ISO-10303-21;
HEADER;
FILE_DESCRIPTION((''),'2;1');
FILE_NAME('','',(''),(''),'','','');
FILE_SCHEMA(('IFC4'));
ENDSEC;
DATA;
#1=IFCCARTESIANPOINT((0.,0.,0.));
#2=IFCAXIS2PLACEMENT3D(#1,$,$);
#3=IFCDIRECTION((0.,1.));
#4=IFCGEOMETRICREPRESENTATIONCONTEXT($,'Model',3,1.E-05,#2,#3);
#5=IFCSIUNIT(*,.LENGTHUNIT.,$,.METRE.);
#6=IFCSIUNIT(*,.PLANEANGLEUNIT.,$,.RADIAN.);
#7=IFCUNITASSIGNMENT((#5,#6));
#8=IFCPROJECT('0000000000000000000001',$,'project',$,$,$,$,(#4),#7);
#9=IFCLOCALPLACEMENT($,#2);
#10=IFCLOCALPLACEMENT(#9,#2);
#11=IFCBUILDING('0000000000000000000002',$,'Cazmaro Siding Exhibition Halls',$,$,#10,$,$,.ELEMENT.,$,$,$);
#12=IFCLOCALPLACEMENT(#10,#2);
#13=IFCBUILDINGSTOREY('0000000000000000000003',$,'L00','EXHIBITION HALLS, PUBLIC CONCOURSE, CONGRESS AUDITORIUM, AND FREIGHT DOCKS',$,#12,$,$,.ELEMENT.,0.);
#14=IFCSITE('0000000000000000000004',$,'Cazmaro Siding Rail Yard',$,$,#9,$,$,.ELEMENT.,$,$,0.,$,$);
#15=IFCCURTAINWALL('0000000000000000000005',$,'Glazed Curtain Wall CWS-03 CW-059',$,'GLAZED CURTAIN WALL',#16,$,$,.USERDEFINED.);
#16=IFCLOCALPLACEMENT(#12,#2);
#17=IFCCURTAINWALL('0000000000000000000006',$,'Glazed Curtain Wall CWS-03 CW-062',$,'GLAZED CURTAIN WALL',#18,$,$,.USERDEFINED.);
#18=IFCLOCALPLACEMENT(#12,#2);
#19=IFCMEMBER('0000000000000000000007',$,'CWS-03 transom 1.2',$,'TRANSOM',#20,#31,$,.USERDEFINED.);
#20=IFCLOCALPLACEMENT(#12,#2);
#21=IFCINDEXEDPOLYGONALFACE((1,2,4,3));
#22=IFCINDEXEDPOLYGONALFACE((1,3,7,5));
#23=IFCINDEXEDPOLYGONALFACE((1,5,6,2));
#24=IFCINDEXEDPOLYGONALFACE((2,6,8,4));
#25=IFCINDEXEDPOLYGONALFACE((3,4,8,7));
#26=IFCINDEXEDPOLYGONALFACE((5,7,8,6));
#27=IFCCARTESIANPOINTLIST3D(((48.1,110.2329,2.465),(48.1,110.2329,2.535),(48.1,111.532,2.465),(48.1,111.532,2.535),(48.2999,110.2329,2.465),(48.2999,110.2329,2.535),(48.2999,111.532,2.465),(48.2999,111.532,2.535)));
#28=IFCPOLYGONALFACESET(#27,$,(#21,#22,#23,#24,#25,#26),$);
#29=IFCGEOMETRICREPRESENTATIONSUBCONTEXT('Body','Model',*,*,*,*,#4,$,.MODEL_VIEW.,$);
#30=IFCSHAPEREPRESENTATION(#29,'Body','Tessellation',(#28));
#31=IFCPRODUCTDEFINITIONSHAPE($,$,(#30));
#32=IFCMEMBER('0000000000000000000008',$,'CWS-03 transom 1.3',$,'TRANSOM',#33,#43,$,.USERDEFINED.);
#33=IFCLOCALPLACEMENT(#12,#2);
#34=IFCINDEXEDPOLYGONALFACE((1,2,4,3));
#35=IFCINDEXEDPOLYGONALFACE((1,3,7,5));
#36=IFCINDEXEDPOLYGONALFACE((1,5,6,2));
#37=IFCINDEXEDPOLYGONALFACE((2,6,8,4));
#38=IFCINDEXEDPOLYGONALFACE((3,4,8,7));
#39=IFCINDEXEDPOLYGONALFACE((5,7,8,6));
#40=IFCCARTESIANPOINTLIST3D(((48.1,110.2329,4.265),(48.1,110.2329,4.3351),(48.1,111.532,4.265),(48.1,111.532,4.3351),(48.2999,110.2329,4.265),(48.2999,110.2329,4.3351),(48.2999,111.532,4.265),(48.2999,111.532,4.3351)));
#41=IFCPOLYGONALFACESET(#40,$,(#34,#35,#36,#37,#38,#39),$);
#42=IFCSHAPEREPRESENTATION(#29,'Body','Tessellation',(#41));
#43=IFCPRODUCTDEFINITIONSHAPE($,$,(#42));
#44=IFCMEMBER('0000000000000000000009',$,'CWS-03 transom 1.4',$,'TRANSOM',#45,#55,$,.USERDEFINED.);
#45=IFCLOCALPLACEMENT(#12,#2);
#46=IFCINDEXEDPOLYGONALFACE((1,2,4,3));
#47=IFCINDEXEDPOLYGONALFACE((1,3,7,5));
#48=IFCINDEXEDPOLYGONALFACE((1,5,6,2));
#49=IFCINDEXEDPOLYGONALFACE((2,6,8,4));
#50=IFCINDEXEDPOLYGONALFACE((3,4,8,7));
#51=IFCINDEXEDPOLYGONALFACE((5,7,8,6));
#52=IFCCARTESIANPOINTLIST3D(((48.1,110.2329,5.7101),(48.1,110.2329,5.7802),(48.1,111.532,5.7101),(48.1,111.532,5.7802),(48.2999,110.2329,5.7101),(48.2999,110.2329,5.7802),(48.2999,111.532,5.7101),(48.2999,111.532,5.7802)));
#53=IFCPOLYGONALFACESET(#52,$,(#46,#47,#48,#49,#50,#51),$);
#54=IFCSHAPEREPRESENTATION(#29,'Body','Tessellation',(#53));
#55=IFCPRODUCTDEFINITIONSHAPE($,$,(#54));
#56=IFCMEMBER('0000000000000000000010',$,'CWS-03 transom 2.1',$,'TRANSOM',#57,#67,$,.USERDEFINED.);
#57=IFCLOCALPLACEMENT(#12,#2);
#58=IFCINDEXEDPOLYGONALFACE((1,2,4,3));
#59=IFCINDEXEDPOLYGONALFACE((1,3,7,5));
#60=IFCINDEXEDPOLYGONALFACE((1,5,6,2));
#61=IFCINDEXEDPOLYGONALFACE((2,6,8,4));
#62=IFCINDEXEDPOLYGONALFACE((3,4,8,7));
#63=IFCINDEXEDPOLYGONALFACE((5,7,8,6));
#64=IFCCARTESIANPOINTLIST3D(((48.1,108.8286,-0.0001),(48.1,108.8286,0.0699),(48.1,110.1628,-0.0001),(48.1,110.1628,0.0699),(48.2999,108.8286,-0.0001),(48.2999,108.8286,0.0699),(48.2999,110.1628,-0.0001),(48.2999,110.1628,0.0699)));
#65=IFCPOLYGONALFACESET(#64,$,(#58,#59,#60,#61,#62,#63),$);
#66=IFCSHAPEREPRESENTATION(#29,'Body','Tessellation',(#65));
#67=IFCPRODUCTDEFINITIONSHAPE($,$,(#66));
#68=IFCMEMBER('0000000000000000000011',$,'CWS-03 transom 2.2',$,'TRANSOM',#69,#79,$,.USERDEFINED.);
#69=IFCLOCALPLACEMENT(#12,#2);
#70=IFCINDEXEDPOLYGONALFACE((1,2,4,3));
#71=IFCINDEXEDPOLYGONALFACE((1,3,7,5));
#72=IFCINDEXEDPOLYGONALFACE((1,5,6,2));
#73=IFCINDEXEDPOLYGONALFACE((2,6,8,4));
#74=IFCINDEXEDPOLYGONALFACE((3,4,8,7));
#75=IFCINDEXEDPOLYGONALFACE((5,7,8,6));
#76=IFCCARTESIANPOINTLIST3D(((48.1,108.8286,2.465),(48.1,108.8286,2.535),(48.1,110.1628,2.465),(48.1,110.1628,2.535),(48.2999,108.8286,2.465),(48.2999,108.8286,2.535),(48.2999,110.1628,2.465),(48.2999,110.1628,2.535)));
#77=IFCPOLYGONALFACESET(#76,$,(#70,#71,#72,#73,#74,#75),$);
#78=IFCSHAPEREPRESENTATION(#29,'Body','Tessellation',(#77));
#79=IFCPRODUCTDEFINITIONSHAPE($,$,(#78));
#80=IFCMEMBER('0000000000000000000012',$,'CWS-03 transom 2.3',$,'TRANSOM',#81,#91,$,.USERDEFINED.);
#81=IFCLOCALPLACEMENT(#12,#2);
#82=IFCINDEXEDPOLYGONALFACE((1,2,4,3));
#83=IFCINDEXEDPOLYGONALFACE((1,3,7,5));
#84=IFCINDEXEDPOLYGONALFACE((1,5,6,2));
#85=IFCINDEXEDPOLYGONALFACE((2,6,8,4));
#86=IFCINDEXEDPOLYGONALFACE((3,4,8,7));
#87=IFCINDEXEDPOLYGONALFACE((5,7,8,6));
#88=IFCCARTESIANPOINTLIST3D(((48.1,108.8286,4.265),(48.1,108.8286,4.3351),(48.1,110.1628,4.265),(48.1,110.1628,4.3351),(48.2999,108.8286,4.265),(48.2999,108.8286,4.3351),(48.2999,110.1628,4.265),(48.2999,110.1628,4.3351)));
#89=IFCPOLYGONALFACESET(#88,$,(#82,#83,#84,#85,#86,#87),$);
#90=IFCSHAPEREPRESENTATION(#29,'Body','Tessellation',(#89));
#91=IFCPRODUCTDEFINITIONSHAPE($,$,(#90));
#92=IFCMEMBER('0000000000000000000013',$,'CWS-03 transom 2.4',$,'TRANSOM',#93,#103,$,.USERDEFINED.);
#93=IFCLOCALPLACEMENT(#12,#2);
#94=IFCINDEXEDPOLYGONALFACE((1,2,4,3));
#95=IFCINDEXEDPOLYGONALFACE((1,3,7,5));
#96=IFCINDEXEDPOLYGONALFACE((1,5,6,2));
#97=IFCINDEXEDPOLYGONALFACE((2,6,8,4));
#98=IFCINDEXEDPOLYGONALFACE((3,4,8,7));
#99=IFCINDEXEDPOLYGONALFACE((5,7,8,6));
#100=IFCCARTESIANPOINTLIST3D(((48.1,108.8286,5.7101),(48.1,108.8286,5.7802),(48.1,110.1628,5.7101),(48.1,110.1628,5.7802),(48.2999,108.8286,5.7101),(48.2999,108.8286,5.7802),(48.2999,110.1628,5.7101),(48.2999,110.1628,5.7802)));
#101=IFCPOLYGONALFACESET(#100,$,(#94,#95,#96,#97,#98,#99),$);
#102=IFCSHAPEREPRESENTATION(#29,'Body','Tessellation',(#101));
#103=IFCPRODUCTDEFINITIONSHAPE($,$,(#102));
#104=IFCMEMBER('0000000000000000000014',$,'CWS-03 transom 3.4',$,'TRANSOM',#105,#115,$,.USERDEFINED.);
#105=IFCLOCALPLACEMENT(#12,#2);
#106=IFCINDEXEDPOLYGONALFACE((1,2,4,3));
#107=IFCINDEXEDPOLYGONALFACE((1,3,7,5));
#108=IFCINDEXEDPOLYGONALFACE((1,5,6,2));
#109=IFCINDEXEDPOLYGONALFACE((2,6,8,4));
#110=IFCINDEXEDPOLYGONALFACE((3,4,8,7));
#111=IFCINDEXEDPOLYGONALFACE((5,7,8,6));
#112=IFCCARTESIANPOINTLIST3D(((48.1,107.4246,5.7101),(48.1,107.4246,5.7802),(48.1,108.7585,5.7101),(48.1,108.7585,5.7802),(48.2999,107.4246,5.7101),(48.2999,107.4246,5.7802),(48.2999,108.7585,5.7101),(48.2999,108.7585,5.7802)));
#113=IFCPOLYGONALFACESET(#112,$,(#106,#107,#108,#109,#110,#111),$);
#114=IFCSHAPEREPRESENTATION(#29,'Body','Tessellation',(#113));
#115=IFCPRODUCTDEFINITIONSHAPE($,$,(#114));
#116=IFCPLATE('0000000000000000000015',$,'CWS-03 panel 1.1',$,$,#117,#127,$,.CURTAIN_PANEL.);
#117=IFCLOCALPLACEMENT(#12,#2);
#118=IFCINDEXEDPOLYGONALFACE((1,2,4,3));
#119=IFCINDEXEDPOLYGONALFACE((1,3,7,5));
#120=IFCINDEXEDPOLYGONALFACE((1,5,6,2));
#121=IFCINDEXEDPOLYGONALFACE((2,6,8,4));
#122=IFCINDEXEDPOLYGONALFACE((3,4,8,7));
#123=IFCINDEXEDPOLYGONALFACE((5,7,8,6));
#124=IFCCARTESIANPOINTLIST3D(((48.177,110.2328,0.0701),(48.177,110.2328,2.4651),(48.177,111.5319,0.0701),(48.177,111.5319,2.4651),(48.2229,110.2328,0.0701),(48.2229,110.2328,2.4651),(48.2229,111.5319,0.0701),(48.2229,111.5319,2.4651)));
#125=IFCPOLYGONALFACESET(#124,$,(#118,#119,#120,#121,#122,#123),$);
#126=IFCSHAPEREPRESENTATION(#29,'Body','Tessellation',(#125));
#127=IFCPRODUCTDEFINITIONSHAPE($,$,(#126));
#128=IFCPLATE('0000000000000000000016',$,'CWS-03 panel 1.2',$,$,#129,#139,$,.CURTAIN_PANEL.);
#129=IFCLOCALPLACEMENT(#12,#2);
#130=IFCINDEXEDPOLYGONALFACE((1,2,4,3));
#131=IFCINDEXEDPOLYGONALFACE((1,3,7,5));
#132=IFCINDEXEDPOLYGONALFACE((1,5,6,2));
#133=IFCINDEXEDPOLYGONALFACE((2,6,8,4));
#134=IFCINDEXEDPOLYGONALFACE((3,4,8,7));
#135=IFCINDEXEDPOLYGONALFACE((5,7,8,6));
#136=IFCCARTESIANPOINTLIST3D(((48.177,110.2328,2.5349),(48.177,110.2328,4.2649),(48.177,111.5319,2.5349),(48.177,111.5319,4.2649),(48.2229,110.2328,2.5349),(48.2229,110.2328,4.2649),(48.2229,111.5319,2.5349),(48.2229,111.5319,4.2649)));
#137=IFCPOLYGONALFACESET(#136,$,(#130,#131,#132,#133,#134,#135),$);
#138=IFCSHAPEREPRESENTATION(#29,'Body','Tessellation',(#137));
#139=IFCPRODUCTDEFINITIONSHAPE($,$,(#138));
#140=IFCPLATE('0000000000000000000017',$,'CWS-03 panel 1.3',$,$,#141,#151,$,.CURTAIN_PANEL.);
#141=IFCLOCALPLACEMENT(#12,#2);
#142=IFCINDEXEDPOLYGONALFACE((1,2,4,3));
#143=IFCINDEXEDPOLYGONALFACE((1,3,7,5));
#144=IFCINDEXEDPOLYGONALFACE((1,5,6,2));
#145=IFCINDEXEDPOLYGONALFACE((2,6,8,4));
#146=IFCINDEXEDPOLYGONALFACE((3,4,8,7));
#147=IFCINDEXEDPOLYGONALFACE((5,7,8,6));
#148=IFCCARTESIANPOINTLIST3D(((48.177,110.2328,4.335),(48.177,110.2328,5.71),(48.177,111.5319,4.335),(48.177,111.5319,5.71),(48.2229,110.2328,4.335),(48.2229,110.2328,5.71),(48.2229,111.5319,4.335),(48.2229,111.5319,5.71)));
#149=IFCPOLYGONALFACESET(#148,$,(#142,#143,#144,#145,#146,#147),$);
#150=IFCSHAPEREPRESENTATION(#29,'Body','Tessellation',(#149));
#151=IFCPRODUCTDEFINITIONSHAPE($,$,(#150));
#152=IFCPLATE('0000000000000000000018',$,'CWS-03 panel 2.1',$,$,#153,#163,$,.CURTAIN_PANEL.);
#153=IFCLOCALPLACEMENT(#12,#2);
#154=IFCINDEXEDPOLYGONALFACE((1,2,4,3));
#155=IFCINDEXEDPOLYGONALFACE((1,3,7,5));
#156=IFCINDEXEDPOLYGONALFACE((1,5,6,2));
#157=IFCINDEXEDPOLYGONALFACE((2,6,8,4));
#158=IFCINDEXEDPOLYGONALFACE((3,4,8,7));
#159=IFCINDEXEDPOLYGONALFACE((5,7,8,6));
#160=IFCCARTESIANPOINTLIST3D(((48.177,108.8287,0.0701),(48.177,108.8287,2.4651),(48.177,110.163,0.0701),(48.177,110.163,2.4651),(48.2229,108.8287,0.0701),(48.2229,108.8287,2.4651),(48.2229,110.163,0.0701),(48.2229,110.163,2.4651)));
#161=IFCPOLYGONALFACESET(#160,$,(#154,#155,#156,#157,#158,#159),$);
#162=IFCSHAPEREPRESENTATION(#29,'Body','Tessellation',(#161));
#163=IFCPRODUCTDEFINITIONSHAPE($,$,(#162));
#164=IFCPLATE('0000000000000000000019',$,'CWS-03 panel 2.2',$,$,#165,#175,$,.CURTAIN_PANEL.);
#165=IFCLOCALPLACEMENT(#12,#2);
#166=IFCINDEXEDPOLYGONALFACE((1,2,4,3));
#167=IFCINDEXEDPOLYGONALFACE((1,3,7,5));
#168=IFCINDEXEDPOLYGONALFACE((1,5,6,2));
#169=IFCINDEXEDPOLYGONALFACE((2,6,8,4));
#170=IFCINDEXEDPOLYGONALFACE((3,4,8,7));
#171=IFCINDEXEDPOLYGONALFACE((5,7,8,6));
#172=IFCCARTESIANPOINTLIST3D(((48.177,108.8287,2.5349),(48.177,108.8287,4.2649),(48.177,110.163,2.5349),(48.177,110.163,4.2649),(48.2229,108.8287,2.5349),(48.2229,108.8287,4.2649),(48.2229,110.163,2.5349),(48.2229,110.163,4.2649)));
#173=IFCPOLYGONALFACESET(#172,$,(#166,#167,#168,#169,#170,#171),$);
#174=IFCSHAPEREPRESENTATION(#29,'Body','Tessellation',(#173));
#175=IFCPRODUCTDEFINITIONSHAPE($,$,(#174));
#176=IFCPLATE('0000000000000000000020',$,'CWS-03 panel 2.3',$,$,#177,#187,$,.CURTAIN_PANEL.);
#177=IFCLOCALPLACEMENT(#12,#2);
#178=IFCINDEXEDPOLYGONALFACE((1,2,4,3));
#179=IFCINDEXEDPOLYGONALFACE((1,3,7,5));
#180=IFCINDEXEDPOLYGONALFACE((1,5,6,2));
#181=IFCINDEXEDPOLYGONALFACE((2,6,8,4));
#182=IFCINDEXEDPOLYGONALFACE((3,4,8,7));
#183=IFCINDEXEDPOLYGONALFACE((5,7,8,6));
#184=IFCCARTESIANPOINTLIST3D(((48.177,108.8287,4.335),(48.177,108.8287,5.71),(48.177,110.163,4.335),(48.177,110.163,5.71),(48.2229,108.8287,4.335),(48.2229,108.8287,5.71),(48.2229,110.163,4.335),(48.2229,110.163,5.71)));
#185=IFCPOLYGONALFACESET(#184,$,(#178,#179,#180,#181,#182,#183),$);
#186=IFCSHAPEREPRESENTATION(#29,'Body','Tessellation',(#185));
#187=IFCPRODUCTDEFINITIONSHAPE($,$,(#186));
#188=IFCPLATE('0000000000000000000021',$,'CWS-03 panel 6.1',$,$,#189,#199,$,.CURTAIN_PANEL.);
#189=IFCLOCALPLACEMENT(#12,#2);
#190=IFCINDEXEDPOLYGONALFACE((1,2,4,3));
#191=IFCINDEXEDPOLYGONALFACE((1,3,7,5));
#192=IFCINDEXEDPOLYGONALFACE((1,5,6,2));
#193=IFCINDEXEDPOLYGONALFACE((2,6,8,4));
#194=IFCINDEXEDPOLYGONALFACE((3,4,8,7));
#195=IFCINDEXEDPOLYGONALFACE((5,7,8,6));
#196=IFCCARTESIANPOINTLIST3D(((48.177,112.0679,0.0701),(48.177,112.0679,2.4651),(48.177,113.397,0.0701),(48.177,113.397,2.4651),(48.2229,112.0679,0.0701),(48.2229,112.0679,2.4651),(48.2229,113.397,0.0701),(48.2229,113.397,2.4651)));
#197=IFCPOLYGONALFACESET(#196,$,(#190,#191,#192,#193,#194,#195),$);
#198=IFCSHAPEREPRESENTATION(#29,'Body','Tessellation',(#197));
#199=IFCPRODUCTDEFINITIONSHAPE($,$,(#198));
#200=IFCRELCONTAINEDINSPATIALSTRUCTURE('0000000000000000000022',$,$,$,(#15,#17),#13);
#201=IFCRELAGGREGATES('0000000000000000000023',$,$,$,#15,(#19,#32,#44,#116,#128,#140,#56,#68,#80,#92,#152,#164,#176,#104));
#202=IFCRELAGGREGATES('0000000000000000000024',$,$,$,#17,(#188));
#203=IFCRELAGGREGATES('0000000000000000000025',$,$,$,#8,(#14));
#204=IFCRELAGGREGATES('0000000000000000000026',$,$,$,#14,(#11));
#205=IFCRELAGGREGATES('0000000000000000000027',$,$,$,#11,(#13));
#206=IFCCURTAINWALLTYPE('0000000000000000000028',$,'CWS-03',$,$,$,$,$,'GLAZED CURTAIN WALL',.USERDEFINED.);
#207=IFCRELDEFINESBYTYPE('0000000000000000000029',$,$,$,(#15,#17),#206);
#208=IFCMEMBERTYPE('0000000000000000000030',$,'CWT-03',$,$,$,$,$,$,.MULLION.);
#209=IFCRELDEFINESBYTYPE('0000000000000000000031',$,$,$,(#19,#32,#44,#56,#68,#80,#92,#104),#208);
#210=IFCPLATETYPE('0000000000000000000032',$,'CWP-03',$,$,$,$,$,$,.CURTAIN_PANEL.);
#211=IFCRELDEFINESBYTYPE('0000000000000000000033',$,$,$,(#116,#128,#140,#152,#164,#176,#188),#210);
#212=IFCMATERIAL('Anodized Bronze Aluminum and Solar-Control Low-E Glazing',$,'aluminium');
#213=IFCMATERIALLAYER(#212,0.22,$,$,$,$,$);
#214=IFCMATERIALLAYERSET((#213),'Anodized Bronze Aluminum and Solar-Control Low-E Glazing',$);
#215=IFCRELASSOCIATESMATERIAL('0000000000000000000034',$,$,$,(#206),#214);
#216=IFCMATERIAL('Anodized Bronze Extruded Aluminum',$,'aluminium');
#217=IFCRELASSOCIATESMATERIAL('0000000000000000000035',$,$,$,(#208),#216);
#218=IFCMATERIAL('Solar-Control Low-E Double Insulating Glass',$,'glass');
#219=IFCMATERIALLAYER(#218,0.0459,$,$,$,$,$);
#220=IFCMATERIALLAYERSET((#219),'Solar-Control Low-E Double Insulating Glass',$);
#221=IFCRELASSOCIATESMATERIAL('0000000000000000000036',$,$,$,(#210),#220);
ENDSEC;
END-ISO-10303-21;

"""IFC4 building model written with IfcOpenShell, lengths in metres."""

from ifc_helpers import new_model, si_unit, direction, frame, origin, origin_2d, place, context, subcontext, project, spatial, rectangle, extrude, material, layer, layer_set, material_profile, profile_set, type_object, element, aggregate, save


model = new_model("IFC4")

# Units and contexts
model_context = context("Model", 3, precision=1e-05, world=origin(), true_north=direction((0.0, 1.0)))
body_context = subcontext(model_context, "Body", "Model", "MODEL_VIEW")
ifc_project = project(units=[si_unit("LENGTHUNIT", "METRE"), si_unit("PLANEANGLEUNIT", "RADIAN")], contexts=[model_context])

# Site, building, storey
site_placement = place(None, origin())
site = spatial("IfcSite", under=ifc_project, at=site_placement, Name="Cazmaro Siding Rail Yard", CompositionType="ELEMENT", RefElevation=0.0)
building_placement = place(site_placement, origin())
building = spatial("IfcBuilding", under=site, at=building_placement, Name="Cazmaro Siding Exhibition Halls", CompositionType="ELEMENT")
storey_placement = place(building_placement, origin())
storey = spatial("IfcBuildingStorey", under=building, at=storey_placement, Name="L00", Description="EXHIBITION HALLS, PUBLIC CONCOURSE, CONGRESS AUDITORIUM, AND FREIGHT DOCKS", CompositionType="ELEMENT", Elevation=0.0)

# Curtain wall
ifc_material_1 = material(Name="Anodized Bronze Aluminum and Solar-Control Low-E Glazing", Category="aluminium")
ifc_layer_1 = layer(ifc_material_1, 0.22)
ifc_layer_set_1 = layer_set([ifc_layer_1], Name="Anodized Bronze Aluminum and Solar-Control Low-E Glazing")
curtain_wall_type = type_object("IfcCurtainWallType", Name="CWS-03", ElementType="GLAZED CURTAIN WALL", PredefinedType="USERDEFINED", material=ifc_layer_set_1)
curtain_wall_1_placement = place(storey_placement, origin())
curtain_wall_1 = element("IfcCurtainWall", 1, at=curtain_wall_1_placement, inside=storey, type_object=curtain_wall_type, Name="Glazed Curtain Wall CWS-03 CW-059", ObjectType="GLAZED CURTAIN WALL", PredefinedType="USERDEFINED")

# Curtain wall
curtain_wall_2_placement = place(storey_placement, origin())
curtain_wall_2 = element("IfcCurtainWall", 2, at=curtain_wall_2_placement, inside=storey, type_object=curtain_wall_type, Name="Glazed Curtain Wall CWS-03 CW-062", ObjectType="GLAZED CURTAIN WALL", PredefinedType="USERDEFINED")

# Members
ifc_material_2 = material(Name="Anodized Bronze Extruded Aluminum", Category="aluminium")
ifc_material_profile_1 = material_profile(ifc_material_2, rectangle(XDim=0.2, YDim=0.0701, at=origin_2d()), Name="CWT-03")
ifc_profile_set_1 = profile_set([ifc_material_profile_1], Name="Anodized Bronze Extruded Aluminum")
member_type_1 = type_object("IfcMemberType", Name="CWT-03", PredefinedType="MULLION", material=ifc_profile_set_1)
member_1_placement = place(storey_placement, frame((48.2, 111.532, 2.5), z_axis=(0.0, -1.0, 0.0), x_axis=(1.0, 0.0, 0.0)))
member_1 = element("IfcMember", 3, at=member_1_placement, type_object=member_type_1, Name="CWS-03 transom 1.2", ObjectType="TRANSOM", PredefinedType="USERDEFINED", context=body_context, shape_type="SweptSolid", body=[
    extrude(rectangle(XDim=0.2, YDim=0.0701, at=origin_2d()), origin(), (0.0, 0.0, 1.0), 1.2991),
])
member_2_placement = place(storey_placement, frame((48.2, 111.532, 4.3), z_axis=(0.0, -1.0, 0.0), x_axis=(1.0, 0.0, 0.0)))
member_2 = element("IfcMember", 4, at=member_2_placement, type_object=member_type_1, Name="CWS-03 transom 1.3", ObjectType="TRANSOM", PredefinedType="USERDEFINED", context=body_context, shape_type="SweptSolid", body=[
    extrude(rectangle(XDim=0.2, YDim=0.0701, at=origin_2d()), origin(), (0.0, 0.0, 1.0), 1.2991),
])
member_3_placement = place(storey_placement, frame((48.2, 111.532, 5.7451), z_axis=(0.0, -1.0, 0.0), x_axis=(1.0, 0.0, 0.0)))
member_3 = element("IfcMember", 5, at=member_3_placement, type_object=member_type_1, Name="CWS-03 transom 1.4", ObjectType="TRANSOM", PredefinedType="USERDEFINED", context=body_context, shape_type="SweptSolid", body=[
    extrude(rectangle(XDim=0.2, YDim=0.0701, at=origin_2d()), origin(), (0.0, 0.0, 1.0), 1.2991),
])
member_4_placement = place(storey_placement, frame((48.2, 110.1628, 0.0349), z_axis=(0.0, -1.0, 0.0), x_axis=(1.0, 0.0, 0.0)))
member_4 = element("IfcMember", 6, at=member_4_placement, type_object=member_type_1, Name="CWS-03 transom 2.1", ObjectType="TRANSOM", PredefinedType="USERDEFINED", context=body_context, shape_type="SweptSolid", body=[
    extrude(rectangle(XDim=0.2, YDim=0.0701, at=origin_2d()), origin(), (0.0, 0.0, 1.0), 1.3342),
])
member_5_placement = place(storey_placement, frame((48.2, 110.1628, 2.5), z_axis=(0.0, -1.0, 0.0), x_axis=(1.0, 0.0, 0.0)))
member_5 = element("IfcMember", 7, at=member_5_placement, type_object=member_type_1, Name="CWS-03 transom 2.2", ObjectType="TRANSOM", PredefinedType="USERDEFINED", context=body_context, shape_type="SweptSolid", body=[
    extrude(rectangle(XDim=0.2, YDim=0.0701, at=origin_2d()), origin(), (0.0, 0.0, 1.0), 1.3342),
])
member_6_placement = place(storey_placement, frame((48.2, 110.1628, 4.3), z_axis=(0.0, -1.0, 0.0), x_axis=(1.0, 0.0, 0.0)))
member_6 = element("IfcMember", 8, at=member_6_placement, type_object=member_type_1, Name="CWS-03 transom 2.3", ObjectType="TRANSOM", PredefinedType="USERDEFINED", context=body_context, shape_type="SweptSolid", body=[
    extrude(rectangle(XDim=0.2, YDim=0.0701, at=origin_2d()), origin(), (0.0, 0.0, 1.0), 1.3342),
])
member_7_placement = place(storey_placement, frame((48.2, 110.1628, 5.7451), z_axis=(0.0, -1.0, 0.0), x_axis=(1.0, 0.0, 0.0)))
member_7 = element("IfcMember", 9, at=member_7_placement, type_object=member_type_1, Name="CWS-03 transom 2.4", ObjectType="TRANSOM", PredefinedType="USERDEFINED", context=body_context, shape_type="SweptSolid", body=[
    extrude(rectangle(XDim=0.2, YDim=0.0701, at=origin_2d()), origin(), (0.0, 0.0, 1.0), 1.3342),
])
member_8_placement = place(storey_placement, frame((48.2, 108.7585, 5.7451), z_axis=(0.0, -1.0, 0.0), x_axis=(1.0, 0.0, 0.0)))
member_8 = element("IfcMember", 10, at=member_8_placement, type_object=member_type_1, Name="CWS-03 transom 3.4", ObjectType="TRANSOM", PredefinedType="USERDEFINED", context=body_context, shape_type="SweptSolid", body=[
    extrude(rectangle(XDim=0.2, YDim=0.0701, at=origin_2d()), origin(), (0.0, 0.0, 1.0), 1.334),
])

# Plates
ifc_material_3 = material(Name="Solar-Control Low-E Double Insulating Glass", Category="glass")
ifc_layer_2 = layer(ifc_material_3, 0.0459)
ifc_layer_set_2 = layer_set([ifc_layer_2], Name="Solar-Control Low-E Double Insulating Glass")
plate_type = type_object("IfcPlateType", Name="CWP-03", PredefinedType="CURTAIN_PANEL", material=ifc_layer_set_2)
plate_1_placement = place(storey_placement, frame((48.2, 110.8823, 0.0701), z_axis=(0.0, 0.0, 1.0), x_axis=(0.0, -1.0, 0.0)))
plate_1 = element("IfcPlate", 11, at=plate_1_placement, type_object=plate_type, Name="CWS-03 panel 1.1", PredefinedType="CURTAIN_PANEL", context=body_context, shape_type="SweptSolid", body=[
    extrude(rectangle(XDim=1.2991, YDim=0.0459, at=origin_2d()), origin(), (0.0, 0.0, 1.0), 2.395),
])
plate_2_placement = place(storey_placement, frame((48.2, 110.8823, 2.5349), z_axis=(0.0, 0.0, 1.0), x_axis=(0.0, -1.0, 0.0)))
plate_2 = element("IfcPlate", 12, at=plate_2_placement, type_object=plate_type, Name="CWS-03 panel 1.2", PredefinedType="CURTAIN_PANEL", context=body_context, shape_type="SweptSolid", body=[
    extrude(rectangle(XDim=1.2991, YDim=0.0459, at=origin_2d()), origin(), (0.0, 0.0, 1.0), 1.73),
])
plate_3_placement = place(storey_placement, frame((48.2, 110.8823, 4.335), z_axis=(0.0, 0.0, 1.0), x_axis=(0.0, -1.0, 0.0)))
plate_3 = element("IfcPlate", 13, at=plate_3_placement, type_object=plate_type, Name="CWS-03 panel 1.3", PredefinedType="CURTAIN_PANEL", context=body_context, shape_type="SweptSolid", body=[
    extrude(rectangle(XDim=1.2991, YDim=0.0459, at=origin_2d()), origin(), (0.0, 0.0, 1.0), 1.375),
])
plate_4_placement = place(storey_placement, frame((48.2, 109.4958, 0.0701), z_axis=(0.0, 0.0, 1.0), x_axis=(0.0, -1.0, 0.0)))
plate_4 = element("IfcPlate", 14, at=plate_4_placement, type_object=plate_type, Name="CWS-03 panel 2.1", PredefinedType="CURTAIN_PANEL", context=body_context, shape_type="SweptSolid", body=[
    extrude(rectangle(XDim=1.3342, YDim=0.0459, at=origin_2d()), origin(), (0.0, 0.0, 1.0), 2.395),
])
plate_5_placement = place(storey_placement, frame((48.2, 109.4958, 2.5349), z_axis=(0.0, 0.0, 1.0), x_axis=(0.0, -1.0, 0.0)))
plate_5 = element("IfcPlate", 15, at=plate_5_placement, type_object=plate_type, Name="CWS-03 panel 2.2", PredefinedType="CURTAIN_PANEL", context=body_context, shape_type="SweptSolid", body=[
    extrude(rectangle(XDim=1.3342, YDim=0.0459, at=origin_2d()), origin(), (0.0, 0.0, 1.0), 1.73),
])
plate_6_placement = place(storey_placement, frame((48.2, 109.4958, 4.335), z_axis=(0.0, 0.0, 1.0), x_axis=(0.0, -1.0, 0.0)))
plate_6 = element("IfcPlate", 16, at=plate_6_placement, type_object=plate_type, Name="CWS-03 panel 2.3", PredefinedType="CURTAIN_PANEL", context=body_context, shape_type="SweptSolid", body=[
    extrude(rectangle(XDim=1.3342, YDim=0.0459, at=origin_2d()), origin(), (0.0, 0.0, 1.0), 1.375),
])
aggregate(curtain_wall_1, [member_1, member_2, member_3, plate_1, plate_2, plate_3, member_4, member_5, member_6, member_7, plate_4, plate_5, plate_6, member_8])
plate_7_placement = place(storey_placement, frame((48.2, 112.7324, 0.0701), z_axis=(0.0, 0.0, 1.0), x_axis=(0.0, -1.0, 0.0)))
plate_7 = element("IfcPlate", 17, at=plate_7_placement, type_object=plate_type, Name="CWS-03 panel 6.1", PredefinedType="CURTAIN_PANEL", context=body_context, shape_type="SweptSolid", body=[
    extrude(rectangle(XDim=1.3291, YDim=0.0459, at=origin_2d()), origin(), (0.0, 0.0, 1.0), 2.395),
])
aggregate(curtain_wall_2, [plate_7])

save(model, "model.ifc")
